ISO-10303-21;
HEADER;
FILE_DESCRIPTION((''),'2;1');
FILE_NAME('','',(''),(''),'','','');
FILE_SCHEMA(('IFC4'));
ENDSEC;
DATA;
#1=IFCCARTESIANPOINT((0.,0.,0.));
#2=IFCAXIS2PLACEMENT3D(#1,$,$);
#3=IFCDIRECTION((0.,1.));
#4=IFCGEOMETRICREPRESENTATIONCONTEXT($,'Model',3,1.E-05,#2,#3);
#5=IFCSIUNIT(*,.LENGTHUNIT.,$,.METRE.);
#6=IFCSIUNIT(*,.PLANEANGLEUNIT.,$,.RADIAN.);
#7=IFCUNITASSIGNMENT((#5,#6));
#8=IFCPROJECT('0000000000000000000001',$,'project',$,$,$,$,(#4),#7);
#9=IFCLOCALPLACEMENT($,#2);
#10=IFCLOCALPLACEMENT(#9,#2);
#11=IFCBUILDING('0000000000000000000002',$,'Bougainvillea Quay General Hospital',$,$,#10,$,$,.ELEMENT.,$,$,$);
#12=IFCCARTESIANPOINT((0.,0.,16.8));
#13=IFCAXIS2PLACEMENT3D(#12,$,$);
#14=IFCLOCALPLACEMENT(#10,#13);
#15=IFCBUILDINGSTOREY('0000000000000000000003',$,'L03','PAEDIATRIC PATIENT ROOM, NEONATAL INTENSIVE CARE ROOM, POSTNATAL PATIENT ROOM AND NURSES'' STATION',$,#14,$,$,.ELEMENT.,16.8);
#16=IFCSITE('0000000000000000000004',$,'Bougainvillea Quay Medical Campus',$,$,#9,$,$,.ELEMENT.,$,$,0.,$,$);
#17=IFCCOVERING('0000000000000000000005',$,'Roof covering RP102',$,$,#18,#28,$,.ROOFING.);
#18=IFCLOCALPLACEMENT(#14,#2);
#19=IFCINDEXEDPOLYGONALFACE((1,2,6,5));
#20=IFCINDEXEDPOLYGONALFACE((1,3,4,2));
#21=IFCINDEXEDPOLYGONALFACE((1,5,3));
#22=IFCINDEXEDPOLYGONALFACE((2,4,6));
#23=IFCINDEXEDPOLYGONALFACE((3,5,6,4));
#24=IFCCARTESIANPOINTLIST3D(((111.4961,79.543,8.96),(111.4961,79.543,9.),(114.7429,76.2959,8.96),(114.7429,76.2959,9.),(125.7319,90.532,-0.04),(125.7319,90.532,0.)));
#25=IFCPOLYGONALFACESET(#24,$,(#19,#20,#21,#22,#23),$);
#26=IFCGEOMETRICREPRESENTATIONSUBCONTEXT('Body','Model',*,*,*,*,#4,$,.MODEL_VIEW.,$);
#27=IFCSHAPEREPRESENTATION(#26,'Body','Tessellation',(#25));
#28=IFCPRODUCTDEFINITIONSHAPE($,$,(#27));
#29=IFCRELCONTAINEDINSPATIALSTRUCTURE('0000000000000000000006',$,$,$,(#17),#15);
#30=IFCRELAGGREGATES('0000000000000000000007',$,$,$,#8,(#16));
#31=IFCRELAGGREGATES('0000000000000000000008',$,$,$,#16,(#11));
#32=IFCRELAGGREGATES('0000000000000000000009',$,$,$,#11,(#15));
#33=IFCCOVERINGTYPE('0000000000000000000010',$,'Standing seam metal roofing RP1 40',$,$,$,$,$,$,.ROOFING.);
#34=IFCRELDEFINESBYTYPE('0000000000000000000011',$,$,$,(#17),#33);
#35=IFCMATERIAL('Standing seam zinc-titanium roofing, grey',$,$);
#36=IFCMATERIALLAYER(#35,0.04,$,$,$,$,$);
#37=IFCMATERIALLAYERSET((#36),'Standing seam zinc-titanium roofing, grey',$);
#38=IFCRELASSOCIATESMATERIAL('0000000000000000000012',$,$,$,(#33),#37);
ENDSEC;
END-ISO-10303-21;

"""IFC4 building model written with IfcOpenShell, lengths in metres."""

from ifc_helpers import new_model, si_unit, direction, frame, origin, place, context, subcontext, project, spatial, polyline, outline, extrude, material, layer, layer_set, type_object, element, save


model = new_model("IFC4")

# Units and contexts
model_context = context("Model", 3, precision=1e-05, world=origin(), true_north=direction((0.0, 1.0)))
body_context = subcontext(model_context, "Body", "Model", "MODEL_VIEW")
ifc_project = project(units=[si_unit("LENGTHUNIT", "METRE"), si_unit("PLANEANGLEUNIT", "RADIAN")], contexts=[model_context])

# Site, building, storey
site_placement = place(None, origin())
site = spatial("IfcSite", under=ifc_project, at=site_placement, Name="Bougainvillea Quay Medical Campus", CompositionType="ELEMENT", RefElevation=0.0)
building_placement = place(site_placement, origin())
building = spatial("IfcBuilding", under=site, at=building_placement, Name="Bougainvillea Quay General Hospital", CompositionType="ELEMENT")
storey_placement = place(building_placement, frame((0.0, 0.0, 16.8)))
storey = spatial("IfcBuildingStorey", under=building, at=storey_placement, Name="L03", Description="PAEDIATRIC PATIENT ROOM, NEONATAL INTENSIVE CARE ROOM, POSTNATAL PATIENT ROOM AND NURSES' STATION", CompositionType="ELEMENT", Elevation=16.8)

# Covering
ifc_material_1 = material(Name="Standing seam zinc-titanium roofing, grey")
ifc_layer_1 = layer(ifc_material_1, 0.04)
ifc_layer_set_1 = layer_set([ifc_layer_1], Name="Standing seam zinc-titanium roofing, grey")
covering_type = type_object("IfcCoveringType", Name="Standing seam metal roofing RP1 40", PredefinedType="ROOFING", material=ifc_layer_set_1)
covering_placement = place(storey_placement, frame((125.7319, 90.532, 0.0), z_axis=(0.318549, 0.318525, 0.892787), x_axis=(-0.546437, -0.7079, 0.447532)))
element("IfcCovering", 1, at=covering_placement, inside=storey, type_object=covering_type, Name="Roof covering RP102", PredefinedType="ROOFING", context=body_context, shape_type="SweptSolid", body=[
    extrude(outline(polyline([(0.0, 0.0), (20.1103, 0.0), (19.5859, -4.5618), (0.0, 0.0)])), origin(), (-0.447532, 0.051447, -0.892787), 0.04),
])

save(model, "model.ifc")
